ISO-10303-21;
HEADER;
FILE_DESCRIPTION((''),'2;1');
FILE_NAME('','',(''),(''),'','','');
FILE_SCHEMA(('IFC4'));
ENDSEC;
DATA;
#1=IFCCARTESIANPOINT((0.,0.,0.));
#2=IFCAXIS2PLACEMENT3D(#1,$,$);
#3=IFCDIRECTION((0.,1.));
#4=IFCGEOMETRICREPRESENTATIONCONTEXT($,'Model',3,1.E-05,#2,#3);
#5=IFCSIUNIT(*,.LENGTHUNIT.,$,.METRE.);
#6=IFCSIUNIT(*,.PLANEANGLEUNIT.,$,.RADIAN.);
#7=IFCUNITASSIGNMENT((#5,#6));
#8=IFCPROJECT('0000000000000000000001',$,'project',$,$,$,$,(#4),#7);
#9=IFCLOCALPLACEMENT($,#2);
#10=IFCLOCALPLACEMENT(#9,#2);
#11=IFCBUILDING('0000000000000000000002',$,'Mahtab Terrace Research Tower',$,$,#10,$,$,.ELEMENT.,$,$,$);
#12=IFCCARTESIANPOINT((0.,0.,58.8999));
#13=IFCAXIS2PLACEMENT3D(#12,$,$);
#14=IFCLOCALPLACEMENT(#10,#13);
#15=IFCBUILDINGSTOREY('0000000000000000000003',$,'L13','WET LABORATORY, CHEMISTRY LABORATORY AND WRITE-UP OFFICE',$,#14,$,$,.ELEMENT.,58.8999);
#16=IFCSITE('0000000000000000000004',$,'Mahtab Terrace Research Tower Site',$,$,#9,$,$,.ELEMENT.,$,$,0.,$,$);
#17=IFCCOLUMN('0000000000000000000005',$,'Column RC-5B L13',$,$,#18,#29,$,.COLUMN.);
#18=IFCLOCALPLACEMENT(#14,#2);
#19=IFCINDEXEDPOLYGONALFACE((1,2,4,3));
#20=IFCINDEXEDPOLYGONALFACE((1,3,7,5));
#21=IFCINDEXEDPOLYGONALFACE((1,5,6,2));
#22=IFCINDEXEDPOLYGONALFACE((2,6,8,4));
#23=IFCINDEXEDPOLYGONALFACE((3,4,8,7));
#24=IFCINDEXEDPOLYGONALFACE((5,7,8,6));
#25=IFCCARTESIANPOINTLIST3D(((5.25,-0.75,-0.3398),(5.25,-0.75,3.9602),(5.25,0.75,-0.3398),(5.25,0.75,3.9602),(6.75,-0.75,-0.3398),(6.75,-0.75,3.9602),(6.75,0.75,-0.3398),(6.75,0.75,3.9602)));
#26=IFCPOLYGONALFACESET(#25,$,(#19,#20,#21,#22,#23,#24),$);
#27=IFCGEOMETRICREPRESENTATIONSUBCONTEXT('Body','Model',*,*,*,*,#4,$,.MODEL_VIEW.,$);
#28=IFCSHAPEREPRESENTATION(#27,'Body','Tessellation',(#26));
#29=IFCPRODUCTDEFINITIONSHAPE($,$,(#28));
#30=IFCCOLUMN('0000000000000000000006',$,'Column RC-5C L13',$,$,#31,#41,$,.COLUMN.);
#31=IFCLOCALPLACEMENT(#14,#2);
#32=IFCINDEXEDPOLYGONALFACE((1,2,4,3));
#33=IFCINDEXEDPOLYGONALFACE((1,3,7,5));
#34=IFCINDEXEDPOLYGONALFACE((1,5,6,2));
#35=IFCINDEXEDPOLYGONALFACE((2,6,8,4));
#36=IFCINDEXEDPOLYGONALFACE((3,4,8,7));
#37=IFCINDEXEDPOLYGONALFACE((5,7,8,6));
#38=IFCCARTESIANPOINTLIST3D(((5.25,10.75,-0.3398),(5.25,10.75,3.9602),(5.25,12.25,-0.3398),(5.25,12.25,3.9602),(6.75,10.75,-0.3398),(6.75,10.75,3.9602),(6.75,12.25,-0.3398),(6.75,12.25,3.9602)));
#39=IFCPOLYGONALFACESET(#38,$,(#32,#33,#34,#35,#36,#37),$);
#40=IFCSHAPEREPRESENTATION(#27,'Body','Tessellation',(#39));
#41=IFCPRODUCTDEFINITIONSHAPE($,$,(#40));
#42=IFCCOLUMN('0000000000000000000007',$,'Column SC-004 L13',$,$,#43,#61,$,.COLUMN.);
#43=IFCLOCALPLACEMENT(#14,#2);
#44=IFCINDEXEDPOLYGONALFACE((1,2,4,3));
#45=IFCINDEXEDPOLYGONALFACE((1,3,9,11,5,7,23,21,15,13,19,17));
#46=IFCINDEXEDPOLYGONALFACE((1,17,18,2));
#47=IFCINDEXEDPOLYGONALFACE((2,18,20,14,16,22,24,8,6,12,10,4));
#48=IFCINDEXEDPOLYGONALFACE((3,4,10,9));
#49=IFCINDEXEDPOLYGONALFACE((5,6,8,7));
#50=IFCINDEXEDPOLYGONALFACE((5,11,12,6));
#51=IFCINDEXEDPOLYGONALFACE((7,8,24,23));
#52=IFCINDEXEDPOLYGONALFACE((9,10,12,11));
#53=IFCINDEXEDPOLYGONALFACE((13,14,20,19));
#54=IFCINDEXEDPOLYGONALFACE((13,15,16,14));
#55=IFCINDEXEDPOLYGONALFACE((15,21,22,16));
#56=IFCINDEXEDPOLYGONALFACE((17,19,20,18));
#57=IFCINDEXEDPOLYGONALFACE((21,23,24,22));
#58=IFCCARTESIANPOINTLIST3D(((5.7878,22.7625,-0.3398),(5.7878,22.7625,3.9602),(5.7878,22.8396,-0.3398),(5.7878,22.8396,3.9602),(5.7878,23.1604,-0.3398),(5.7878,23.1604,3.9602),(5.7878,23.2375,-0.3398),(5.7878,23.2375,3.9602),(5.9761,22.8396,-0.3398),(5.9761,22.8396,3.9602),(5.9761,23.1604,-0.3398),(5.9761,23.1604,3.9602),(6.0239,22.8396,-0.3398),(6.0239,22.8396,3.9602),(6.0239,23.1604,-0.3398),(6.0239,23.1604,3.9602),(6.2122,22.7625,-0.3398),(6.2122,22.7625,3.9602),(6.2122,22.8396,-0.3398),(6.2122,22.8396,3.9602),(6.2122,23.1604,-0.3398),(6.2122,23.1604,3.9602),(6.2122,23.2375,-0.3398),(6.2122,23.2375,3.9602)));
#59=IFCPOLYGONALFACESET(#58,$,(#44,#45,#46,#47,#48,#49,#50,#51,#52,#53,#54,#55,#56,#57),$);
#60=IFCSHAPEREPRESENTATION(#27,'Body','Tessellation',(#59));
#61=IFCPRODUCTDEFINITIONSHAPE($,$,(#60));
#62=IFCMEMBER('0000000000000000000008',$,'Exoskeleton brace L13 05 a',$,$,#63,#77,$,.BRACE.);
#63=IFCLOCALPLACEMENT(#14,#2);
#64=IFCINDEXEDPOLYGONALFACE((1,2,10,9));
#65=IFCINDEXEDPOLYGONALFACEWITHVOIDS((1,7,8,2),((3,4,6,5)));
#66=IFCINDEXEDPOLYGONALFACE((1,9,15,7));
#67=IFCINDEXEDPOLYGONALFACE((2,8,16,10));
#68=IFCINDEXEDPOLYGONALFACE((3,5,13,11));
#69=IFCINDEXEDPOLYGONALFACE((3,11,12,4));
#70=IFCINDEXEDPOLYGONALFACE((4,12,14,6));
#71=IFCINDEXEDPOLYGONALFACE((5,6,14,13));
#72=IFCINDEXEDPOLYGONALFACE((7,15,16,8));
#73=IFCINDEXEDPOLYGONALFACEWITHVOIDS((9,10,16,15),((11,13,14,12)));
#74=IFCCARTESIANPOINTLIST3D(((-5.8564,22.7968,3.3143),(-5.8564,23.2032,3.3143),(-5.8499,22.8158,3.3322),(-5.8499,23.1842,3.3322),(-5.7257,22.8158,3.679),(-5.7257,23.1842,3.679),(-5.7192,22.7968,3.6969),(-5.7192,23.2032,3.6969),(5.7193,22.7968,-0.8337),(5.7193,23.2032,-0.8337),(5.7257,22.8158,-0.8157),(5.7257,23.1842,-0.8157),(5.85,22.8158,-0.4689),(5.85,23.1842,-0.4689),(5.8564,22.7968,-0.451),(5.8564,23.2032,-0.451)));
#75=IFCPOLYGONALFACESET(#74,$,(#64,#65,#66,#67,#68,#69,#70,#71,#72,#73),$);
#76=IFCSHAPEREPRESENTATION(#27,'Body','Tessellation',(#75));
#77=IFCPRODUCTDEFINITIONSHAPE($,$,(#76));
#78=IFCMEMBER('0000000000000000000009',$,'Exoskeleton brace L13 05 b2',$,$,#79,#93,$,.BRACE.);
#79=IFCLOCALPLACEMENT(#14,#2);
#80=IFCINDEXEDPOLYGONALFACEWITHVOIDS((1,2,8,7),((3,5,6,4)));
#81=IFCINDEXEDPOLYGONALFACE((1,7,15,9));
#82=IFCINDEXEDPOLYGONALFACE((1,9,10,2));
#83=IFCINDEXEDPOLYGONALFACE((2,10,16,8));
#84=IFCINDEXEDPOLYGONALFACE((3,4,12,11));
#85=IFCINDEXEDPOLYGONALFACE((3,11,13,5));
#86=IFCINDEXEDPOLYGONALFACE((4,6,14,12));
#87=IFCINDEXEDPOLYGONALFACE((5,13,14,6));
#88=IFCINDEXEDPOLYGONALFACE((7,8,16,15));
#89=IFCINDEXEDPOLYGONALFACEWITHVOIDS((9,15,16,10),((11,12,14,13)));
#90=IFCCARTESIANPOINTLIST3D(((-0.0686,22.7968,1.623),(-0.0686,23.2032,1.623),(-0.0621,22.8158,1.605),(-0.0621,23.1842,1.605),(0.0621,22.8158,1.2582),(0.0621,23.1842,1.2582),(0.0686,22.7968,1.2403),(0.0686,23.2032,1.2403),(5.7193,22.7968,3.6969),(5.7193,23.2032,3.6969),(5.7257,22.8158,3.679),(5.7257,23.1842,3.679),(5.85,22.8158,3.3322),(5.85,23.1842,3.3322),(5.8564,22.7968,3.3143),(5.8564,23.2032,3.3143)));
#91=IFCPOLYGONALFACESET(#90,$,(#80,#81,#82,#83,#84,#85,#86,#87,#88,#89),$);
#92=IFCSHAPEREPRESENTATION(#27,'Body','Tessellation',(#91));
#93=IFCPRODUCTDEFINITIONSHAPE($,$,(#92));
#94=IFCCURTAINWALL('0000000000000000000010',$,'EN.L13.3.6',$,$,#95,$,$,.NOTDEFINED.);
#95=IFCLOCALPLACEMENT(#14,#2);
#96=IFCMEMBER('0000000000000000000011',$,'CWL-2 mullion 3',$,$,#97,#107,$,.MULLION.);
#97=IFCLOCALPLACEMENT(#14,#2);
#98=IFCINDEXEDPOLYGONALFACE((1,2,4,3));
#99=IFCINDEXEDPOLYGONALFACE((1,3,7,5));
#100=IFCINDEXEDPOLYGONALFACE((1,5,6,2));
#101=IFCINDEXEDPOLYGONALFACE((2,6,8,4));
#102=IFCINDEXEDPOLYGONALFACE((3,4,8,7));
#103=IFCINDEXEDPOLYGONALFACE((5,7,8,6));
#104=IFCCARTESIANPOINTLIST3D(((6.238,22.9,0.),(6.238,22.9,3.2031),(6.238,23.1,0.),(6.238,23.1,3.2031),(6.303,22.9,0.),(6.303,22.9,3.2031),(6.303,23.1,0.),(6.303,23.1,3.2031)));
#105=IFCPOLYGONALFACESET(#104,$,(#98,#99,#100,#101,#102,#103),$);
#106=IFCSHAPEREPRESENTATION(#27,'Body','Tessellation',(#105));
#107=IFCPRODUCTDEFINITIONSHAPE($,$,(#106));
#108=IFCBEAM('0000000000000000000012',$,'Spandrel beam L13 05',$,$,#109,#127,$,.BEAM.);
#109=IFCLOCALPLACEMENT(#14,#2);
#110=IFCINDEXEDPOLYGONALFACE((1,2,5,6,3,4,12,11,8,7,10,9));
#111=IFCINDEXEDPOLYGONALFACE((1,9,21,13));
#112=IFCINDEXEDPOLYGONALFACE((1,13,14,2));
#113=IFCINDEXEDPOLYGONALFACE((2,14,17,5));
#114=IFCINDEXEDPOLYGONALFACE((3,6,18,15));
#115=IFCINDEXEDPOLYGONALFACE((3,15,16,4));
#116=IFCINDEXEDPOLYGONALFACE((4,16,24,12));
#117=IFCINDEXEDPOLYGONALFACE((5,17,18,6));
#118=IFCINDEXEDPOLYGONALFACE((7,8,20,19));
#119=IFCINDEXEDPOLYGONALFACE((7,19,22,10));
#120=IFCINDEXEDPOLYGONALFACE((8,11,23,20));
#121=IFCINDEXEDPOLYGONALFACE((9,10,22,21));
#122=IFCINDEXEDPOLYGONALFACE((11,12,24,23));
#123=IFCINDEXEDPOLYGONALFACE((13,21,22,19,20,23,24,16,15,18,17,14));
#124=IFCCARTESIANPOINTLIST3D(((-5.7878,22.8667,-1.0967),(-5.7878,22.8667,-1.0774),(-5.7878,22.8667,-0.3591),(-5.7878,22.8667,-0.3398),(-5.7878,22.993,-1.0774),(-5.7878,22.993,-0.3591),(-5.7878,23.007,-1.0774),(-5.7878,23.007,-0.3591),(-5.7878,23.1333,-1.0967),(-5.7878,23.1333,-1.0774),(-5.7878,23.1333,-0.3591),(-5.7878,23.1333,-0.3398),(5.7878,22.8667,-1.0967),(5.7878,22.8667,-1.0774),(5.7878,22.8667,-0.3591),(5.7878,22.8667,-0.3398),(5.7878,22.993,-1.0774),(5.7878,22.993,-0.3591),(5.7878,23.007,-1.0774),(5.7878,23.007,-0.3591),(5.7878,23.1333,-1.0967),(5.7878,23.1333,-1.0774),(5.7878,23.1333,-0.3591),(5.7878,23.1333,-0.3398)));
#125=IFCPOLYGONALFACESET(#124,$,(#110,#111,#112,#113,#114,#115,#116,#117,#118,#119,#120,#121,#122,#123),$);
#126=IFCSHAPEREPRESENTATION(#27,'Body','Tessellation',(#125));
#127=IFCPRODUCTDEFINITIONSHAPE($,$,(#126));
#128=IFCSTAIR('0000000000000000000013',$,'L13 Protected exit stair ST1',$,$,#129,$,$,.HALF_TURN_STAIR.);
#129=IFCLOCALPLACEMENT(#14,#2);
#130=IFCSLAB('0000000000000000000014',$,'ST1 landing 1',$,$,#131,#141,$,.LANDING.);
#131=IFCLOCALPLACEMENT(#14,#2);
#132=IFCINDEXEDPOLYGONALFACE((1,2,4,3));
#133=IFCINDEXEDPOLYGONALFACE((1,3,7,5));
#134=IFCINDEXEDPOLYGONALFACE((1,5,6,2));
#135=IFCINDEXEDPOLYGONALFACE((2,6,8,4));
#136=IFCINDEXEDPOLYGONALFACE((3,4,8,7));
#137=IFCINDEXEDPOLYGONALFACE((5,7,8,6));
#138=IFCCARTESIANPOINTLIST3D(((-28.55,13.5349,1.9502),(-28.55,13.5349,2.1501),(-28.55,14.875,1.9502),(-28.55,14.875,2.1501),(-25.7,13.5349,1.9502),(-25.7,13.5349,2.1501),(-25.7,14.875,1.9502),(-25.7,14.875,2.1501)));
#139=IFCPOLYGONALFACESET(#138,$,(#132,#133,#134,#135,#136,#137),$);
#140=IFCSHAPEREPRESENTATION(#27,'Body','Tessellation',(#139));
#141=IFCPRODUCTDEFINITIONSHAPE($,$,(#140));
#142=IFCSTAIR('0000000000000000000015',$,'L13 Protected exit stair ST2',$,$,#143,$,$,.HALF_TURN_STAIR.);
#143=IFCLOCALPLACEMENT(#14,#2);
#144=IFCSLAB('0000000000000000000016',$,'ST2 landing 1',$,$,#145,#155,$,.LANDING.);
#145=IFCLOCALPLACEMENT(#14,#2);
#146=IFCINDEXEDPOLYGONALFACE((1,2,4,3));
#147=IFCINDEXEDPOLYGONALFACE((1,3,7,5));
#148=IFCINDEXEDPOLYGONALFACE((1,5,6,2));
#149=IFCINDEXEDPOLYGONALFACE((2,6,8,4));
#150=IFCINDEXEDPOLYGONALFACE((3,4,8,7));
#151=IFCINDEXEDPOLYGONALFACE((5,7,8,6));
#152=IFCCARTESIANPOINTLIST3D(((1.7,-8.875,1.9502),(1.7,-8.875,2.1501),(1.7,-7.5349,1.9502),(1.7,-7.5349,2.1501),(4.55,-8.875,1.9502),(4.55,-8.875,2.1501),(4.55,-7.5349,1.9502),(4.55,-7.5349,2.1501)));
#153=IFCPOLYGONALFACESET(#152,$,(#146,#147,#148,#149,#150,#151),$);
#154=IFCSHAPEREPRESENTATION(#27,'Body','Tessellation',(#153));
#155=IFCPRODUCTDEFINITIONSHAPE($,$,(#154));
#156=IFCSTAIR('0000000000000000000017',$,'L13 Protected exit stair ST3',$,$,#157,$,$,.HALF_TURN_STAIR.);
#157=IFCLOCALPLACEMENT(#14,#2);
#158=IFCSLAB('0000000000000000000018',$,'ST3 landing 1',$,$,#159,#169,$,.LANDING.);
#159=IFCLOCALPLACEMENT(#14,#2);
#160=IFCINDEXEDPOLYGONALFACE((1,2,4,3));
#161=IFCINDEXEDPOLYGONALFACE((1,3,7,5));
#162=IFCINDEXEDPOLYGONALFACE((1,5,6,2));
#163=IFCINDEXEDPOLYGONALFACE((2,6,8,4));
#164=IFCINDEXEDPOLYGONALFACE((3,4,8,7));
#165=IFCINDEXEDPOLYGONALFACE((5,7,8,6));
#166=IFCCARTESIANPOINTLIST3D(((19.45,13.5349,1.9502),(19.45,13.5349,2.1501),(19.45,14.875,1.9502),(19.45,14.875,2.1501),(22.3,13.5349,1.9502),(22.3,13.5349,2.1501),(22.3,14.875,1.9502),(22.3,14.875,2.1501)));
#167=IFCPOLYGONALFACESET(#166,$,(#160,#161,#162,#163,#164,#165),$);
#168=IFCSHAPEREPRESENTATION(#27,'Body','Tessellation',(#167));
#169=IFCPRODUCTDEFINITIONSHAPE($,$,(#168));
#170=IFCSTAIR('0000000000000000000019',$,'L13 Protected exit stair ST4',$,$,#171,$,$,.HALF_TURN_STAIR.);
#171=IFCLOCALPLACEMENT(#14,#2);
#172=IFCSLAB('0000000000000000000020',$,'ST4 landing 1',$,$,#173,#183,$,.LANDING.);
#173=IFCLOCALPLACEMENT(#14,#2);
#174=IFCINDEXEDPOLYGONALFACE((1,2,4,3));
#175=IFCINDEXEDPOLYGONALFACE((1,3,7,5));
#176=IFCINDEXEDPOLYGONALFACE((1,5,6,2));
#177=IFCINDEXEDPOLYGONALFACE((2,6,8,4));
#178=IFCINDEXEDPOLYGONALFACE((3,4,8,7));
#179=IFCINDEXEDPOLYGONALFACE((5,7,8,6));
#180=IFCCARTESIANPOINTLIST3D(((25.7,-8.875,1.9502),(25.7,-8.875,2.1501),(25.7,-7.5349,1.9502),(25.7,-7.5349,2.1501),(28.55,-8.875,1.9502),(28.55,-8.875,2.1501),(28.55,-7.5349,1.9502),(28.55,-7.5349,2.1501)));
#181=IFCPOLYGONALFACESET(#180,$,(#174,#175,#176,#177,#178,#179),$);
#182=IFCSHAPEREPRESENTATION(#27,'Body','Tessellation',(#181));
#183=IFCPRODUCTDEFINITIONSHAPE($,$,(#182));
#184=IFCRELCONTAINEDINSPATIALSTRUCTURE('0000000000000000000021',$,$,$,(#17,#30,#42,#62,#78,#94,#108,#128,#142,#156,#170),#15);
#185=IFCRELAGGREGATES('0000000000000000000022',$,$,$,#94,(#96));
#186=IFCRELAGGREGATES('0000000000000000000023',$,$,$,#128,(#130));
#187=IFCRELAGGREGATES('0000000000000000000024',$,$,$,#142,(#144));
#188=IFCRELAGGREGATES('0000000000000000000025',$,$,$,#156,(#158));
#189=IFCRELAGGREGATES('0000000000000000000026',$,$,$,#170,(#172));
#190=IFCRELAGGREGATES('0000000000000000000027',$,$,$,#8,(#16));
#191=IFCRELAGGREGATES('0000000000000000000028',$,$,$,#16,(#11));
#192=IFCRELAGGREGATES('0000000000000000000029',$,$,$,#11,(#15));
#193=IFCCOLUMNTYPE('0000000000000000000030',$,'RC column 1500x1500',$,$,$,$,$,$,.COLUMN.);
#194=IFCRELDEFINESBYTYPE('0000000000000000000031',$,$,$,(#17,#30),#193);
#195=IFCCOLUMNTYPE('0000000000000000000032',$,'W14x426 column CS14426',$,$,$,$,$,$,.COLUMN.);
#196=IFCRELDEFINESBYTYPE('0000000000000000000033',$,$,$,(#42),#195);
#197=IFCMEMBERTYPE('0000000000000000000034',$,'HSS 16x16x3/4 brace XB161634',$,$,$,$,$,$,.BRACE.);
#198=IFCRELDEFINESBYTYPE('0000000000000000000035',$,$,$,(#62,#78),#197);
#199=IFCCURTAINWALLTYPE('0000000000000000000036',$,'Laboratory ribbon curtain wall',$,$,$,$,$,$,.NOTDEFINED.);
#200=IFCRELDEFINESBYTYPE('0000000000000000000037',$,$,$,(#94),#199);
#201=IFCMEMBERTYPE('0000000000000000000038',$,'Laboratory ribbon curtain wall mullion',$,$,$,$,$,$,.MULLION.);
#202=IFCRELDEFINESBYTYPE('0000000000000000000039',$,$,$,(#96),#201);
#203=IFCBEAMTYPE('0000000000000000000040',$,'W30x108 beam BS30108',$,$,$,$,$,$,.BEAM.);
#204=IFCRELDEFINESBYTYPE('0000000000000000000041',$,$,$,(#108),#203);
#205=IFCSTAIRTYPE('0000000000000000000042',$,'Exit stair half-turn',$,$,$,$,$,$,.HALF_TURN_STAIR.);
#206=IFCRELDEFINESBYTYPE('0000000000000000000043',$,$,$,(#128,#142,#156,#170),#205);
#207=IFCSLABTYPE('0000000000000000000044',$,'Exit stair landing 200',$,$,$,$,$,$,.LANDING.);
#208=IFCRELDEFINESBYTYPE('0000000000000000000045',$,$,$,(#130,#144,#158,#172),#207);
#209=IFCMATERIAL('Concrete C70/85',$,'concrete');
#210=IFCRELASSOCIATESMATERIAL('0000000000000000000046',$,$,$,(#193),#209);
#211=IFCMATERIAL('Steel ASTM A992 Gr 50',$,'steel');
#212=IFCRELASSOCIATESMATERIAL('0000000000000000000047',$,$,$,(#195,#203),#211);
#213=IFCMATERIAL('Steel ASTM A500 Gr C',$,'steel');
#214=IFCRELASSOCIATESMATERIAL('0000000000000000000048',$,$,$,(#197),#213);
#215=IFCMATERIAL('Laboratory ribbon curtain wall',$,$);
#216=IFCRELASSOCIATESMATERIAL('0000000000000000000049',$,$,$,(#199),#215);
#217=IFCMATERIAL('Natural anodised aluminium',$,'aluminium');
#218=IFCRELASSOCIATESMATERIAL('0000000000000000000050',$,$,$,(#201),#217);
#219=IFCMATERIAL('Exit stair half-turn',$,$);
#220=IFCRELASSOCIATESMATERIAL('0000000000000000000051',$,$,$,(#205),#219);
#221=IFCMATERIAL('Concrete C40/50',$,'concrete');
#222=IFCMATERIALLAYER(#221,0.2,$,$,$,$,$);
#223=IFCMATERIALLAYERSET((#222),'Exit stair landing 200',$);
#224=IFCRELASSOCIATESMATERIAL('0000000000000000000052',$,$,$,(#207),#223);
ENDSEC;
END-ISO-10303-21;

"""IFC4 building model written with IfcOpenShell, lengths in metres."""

from ifc_helpers import new_model, si_unit, direction, frame, origin, origin_2d, place, context, subcontext, project, spatial, polyline, rectangle, hollow_rectangle, i_section, outline, extrude, material, layer, layer_set, material_profile, profile_set, type_object, element, aggregate, save


model = new_model("IFC4")

# Units and contexts
model_context = context("Model", 3, precision=1e-05, world=origin(), true_north=direction((0.0, 1.0)))
body_context = subcontext(model_context, "Body", "Model", "MODEL_VIEW")
ifc_project = project(units=[si_unit("LENGTHUNIT", "METRE"), si_unit("PLANEANGLEUNIT", "RADIAN")], contexts=[model_context])

# Site, building, storey
site_placement = place(None, origin())
site = spatial("IfcSite", under=ifc_project, at=site_placement, Name="Mahtab Terrace Research Tower Site", CompositionType="ELEMENT", RefElevation=0.0)
building_placement = place(site_placement, origin())
building = spatial("IfcBuilding", under=site, at=building_placement, Name="Mahtab Terrace Research Tower", CompositionType="ELEMENT")
storey_placement = place(building_placement, frame((0.0, 0.0, 58.8999)))
storey = spatial("IfcBuildingStorey", under=building, at=storey_placement, Name="L13", Description="WET LABORATORY, CHEMISTRY LABORATORY AND WRITE-UP OFFICE", CompositionType="ELEMENT", Elevation=58.8999)

# Columns
ifc_material_1 = material(Name="Concrete C70/85", Category="concrete")
ifc_material_profile_1 = material_profile(ifc_material_1, rectangle(XDim=1.5, YDim=1.5, at=origin_2d()), Name="RC column 1500x1500")
ifc_profile_set_1 = profile_set([ifc_material_profile_1], Name="Concrete C70/85")
column_type_1 = type_object("IfcColumnType", Name="RC column 1500x1500", PredefinedType="COLUMN", material=ifc_profile_set_1)
for number, where, z_axis, x_axis, name in (
    (1, (6.0, 0.0, -0.3398), (0.0, 0.0, 1.0), (1.0, 0.0, 0.0), "Column RC-5B L13"),
    (2, (6.0, 11.5, -0.3398), (0.0, 0.0, 1.0), (1.0, 0.0, 0.0), "Column RC-5C L13"),
):
    element("IfcColumn", number, at=place(storey_placement, frame(where, z_axis=z_axis, x_axis=x_axis)), inside=storey, type_object=column_type_1, Name=name, PredefinedType="COLUMN", context=body_context, shape_type="SweptSolid", body=[
        extrude(rectangle(XDim=1.5, YDim=1.5, at=origin_2d()), origin(), (0.0, 0.0, 1.0), 4.3),
    ])
ifc_material_2 = material(Name="Steel ASTM A992 Gr 50", Category="steel")
ifc_material_profile_2 = material_profile(ifc_material_2, i_section(OverallWidth=0.4243, OverallDepth=0.4751, WebThickness=0.0479, FlangeThickness=0.0771, at=origin_2d()), Name="W14X426")
ifc_profile_set_2 = profile_set([ifc_material_profile_2], Name="Steel ASTM A992 Gr 50")
column_type_2 = type_object("IfcColumnType", Name="W14x426 column CS14426", PredefinedType="COLUMN", material=ifc_profile_set_2)
column_placement = place(storey_placement, frame((6.0, 23.0, -0.3398), z_axis=(0.0, 0.0, 1.0), x_axis=(1.0, 0.0, 0.0)))
element("IfcColumn", 3, at=column_placement, inside=storey, type_object=column_type_2, Name="Column SC-004 L13", PredefinedType="COLUMN", context=body_context, shape_type="SweptSolid", body=[
    extrude(i_section(OverallWidth=0.4243, OverallDepth=0.4751, WebThickness=0.0479, FlangeThickness=0.0771, at=origin_2d()), origin(), (0.0, 0.0, 1.0), 4.3),
])

# Members
ifc_material_3 = material(Name="Steel ASTM A500 Gr C", Category="steel")
ifc_material_profile_3 = material_profile(ifc_material_3, hollow_rectangle(XDim=0.4065, YDim=0.4065, WallThickness=0.019, at=origin_2d()), Name="HSS16X16X3/4")
ifc_profile_set_3 = profile_set([ifc_material_profile_3], Name="Steel ASTM A500 Gr C")
member_type_1 = type_object("IfcMemberType", Name="HSS 16x16x3/4 brace XB161634", PredefinedType="BRACE", material=ifc_profile_set_3)
member_1_placement = place(storey_placement, frame((5.7878, 23.0, -0.6423), z_axis=(-0.941387, 0.0, 0.33733), x_axis=(0.0, -1.0, 0.0)))
element("IfcMember", 4, at=member_1_placement, inside=storey, type_object=member_type_1, Name="Exoskeleton brace L13 05 a", PredefinedType="BRACE", context=body_context, shape_type="SweptSolid", body=[
    extrude(hollow_rectangle(XDim=0.4065, YDim=0.4065, WallThickness=0.019, at=origin_2d()), origin(), (0.0, 0.0, 1.0), 12.2964),
])
member_2_placement = place(storey_placement, frame((0.0, 23.0, 1.4316), z_axis=(0.941387, 0.0, 0.33733), x_axis=(0.0, 1.0, 0.0)))
element("IfcMember", 5, at=member_2_placement, inside=storey, type_object=member_type_1, Name="Exoskeleton brace L13 05 b2", PredefinedType="BRACE", context=body_context, shape_type="SweptSolid", body=[
    extrude(hollow_rectangle(XDim=0.4065, YDim=0.4065, WallThickness=0.019, at=origin_2d()), origin(), (0.0, 0.0, 1.0), 6.1482),
])

# Curtain wall, member
ifc_material_4 = material(Name="Laboratory ribbon curtain wall")
curtain_wall_type = type_object("IfcCurtainWallType", Name="Laboratory ribbon curtain wall", PredefinedType="NOTDEFINED", material=ifc_material_4)
curtain_wall_placement = place(storey_placement, origin())
curtain_wall = element("IfcCurtainWall", 6, at=curtain_wall_placement, inside=storey, type_object=curtain_wall_type, Name="EN.L13.3.6", PredefinedType="NOTDEFINED")
ifc_material_5 = material(Name="Natural anodised aluminium", Category="aluminium")
ifc_material_profile_4 = material_profile(ifc_material_5, rectangle(XDim=0.2, YDim=0.0649, at=origin_2d()), Name="MULLION 65x200")
ifc_profile_set_4 = profile_set([ifc_material_profile_4], Name="Natural anodised aluminium")
member_type_2 = type_object("IfcMemberType", Name="Laboratory ribbon curtain wall mullion", PredefinedType="MULLION", material=ifc_profile_set_4)
member_3_placement = place(storey_placement, frame((6.2705, 23.0, 0.0), z_axis=(0.0, 0.0, 1.0), x_axis=(0.0, -1.0, 0.0)))
member_3 = element("IfcMember", 7, at=member_3_placement, type_object=member_type_2, Name="CWL-2 mullion 3", PredefinedType="MULLION", context=body_context, shape_type="SweptSolid", body=[
    extrude(rectangle(XDim=0.2, YDim=0.0649, at=origin_2d()), origin(), (0.0, 0.0, 1.0), 3.2031),
])
aggregate(curtain_wall, [member_3])

# Beam
ifc_material_profile_5 = material_profile(ifc_material_2, i_section(OverallWidth=0.2666, OverallDepth=0.7568, WebThickness=0.0139, FlangeThickness=0.0193, at=origin_2d()), Name="W30X108")
ifc_profile_set_5 = profile_set([ifc_material_profile_5], Name="Steel ASTM A992 Gr 50")
beam_type = type_object("IfcBeamType", Name="W30x108 beam BS30108", PredefinedType="BEAM", material=ifc_profile_set_5)
beam_placement = place(storey_placement, frame((5.7878, 23.0, -0.7183), z_axis=(-1.0, 0.0, 0.0), x_axis=(0.0, -1.0, 0.0)))
element("IfcBeam", 8, at=beam_placement, inside=storey, type_object=beam_type, Name="Spandrel beam L13 05", PredefinedType="BEAM", context=body_context, shape_type="SweptSolid", body=[
    extrude(i_section(OverallWidth=0.2666, OverallDepth=0.7568, WebThickness=0.0139, FlangeThickness=0.0193, at=origin_2d()), origin(), (0.0, 0.0, 1.0), 11.5757),
])

# Stairs, slabs
ifc_material_6 = material(Name="Exit stair half-turn")
stair_type = type_object("IfcStairType", Name="Exit stair half-turn", PredefinedType="HALF_TURN_STAIR", material=ifc_material_6)
stair_1_placement = place(storey_placement, origin())
stair_1 = element("IfcStair", 9, at=stair_1_placement, inside=storey, type_object=stair_type, Name="L13 Protected exit stair ST1", PredefinedType="HALF_TURN_STAIR")
ifc_material_7 = material(Name="Concrete C40/50", Category="concrete")
ifc_layer_1 = layer(ifc_material_7, 0.2)
ifc_layer_set_1 = layer_set([ifc_layer_1], Name="Exit stair landing 200")
slab_type = type_object("IfcSlabType", Name="Exit stair landing 200", PredefinedType="LANDING", material=ifc_layer_set_1)
slab_1_placement = place(storey_placement, frame((0.0, 0.0, 1.9502)))
slab_1 = element("IfcSlab", 10, at=slab_1_placement, type_object=slab_type, Name="ST1 landing 1", PredefinedType="LANDING", context=body_context, shape_type="SweptSolid", body=[
    extrude(outline(polyline([(-25.7, 13.5349), (-25.7, 14.875), (-28.55, 14.875), (-28.55, 13.5349), (-25.7, 13.5349)])), origin(), (0.0, 0.0, 1.0), 0.2),
])
aggregate(stair_1, [slab_1])
stair_2_placement = place(storey_placement, origin())
stair_2 = element("IfcStair", 11, at=stair_2_placement, inside=storey, type_object=stair_type, Name="L13 Protected exit stair ST2", PredefinedType="HALF_TURN_STAIR")
slab_2_placement = place(storey_placement, frame((0.0, 0.0, 1.9502)))
slab_2 = element("IfcSlab", 12, at=slab_2_placement, type_object=slab_type, Name="ST2 landing 1", PredefinedType="LANDING", context=body_context, shape_type="SweptSolid", body=[
    extrude(outline(polyline([(1.7, -7.5349), (1.7, -8.875), (4.55, -8.875), (4.55, -7.5349), (1.7, -7.5349)])), origin(), (0.0, 0.0, 1.0), 0.2),
])
aggregate(stair_2, [slab_2])
stair_3_placement = place(storey_placement, origin())
stair_3 = element("IfcStair", 13, at=stair_3_placement, inside=storey, type_object=stair_type, Name="L13 Protected exit stair ST3", PredefinedType="HALF_TURN_STAIR")
slab_3_placement = place(storey_placement, frame((0.0, 0.0, 1.9502)))
slab_3 = element("IfcSlab", 14, at=slab_3_placement, type_object=slab_type, Name="ST3 landing 1", PredefinedType="LANDING", context=body_context, shape_type="SweptSolid", body=[
    extrude(outline(polyline([(22.3, 13.5349), (22.3, 14.875), (19.45, 14.875), (19.45, 13.5349), (22.3, 13.5349)])), origin(), (0.0, 0.0, 1.0), 0.2),
])
aggregate(stair_3, [slab_3])
stair_4_placement = place(storey_placement, origin())
stair_4 = element("IfcStair", 15, at=stair_4_placement, inside=storey, type_object=stair_type, Name="L13 Protected exit stair ST4", PredefinedType="HALF_TURN_STAIR")
slab_4_placement = place(storey_placement, frame((0.0, 0.0, 1.9502)))
slab_4 = element("IfcSlab", 16, at=slab_4_placement, type_object=slab_type, Name="ST4 landing 1", PredefinedType="LANDING", context=body_context, shape_type="SweptSolid", body=[
    extrude(outline(polyline([(25.7, -7.5349), (25.7, -8.875), (28.55, -8.875), (28.55, -7.5349), (25.7, -7.5349)])), origin(), (0.0, 0.0, 1.0), 0.2),
])
aggregate(stair_4, [slab_4])

save(model, "model.ifc")
